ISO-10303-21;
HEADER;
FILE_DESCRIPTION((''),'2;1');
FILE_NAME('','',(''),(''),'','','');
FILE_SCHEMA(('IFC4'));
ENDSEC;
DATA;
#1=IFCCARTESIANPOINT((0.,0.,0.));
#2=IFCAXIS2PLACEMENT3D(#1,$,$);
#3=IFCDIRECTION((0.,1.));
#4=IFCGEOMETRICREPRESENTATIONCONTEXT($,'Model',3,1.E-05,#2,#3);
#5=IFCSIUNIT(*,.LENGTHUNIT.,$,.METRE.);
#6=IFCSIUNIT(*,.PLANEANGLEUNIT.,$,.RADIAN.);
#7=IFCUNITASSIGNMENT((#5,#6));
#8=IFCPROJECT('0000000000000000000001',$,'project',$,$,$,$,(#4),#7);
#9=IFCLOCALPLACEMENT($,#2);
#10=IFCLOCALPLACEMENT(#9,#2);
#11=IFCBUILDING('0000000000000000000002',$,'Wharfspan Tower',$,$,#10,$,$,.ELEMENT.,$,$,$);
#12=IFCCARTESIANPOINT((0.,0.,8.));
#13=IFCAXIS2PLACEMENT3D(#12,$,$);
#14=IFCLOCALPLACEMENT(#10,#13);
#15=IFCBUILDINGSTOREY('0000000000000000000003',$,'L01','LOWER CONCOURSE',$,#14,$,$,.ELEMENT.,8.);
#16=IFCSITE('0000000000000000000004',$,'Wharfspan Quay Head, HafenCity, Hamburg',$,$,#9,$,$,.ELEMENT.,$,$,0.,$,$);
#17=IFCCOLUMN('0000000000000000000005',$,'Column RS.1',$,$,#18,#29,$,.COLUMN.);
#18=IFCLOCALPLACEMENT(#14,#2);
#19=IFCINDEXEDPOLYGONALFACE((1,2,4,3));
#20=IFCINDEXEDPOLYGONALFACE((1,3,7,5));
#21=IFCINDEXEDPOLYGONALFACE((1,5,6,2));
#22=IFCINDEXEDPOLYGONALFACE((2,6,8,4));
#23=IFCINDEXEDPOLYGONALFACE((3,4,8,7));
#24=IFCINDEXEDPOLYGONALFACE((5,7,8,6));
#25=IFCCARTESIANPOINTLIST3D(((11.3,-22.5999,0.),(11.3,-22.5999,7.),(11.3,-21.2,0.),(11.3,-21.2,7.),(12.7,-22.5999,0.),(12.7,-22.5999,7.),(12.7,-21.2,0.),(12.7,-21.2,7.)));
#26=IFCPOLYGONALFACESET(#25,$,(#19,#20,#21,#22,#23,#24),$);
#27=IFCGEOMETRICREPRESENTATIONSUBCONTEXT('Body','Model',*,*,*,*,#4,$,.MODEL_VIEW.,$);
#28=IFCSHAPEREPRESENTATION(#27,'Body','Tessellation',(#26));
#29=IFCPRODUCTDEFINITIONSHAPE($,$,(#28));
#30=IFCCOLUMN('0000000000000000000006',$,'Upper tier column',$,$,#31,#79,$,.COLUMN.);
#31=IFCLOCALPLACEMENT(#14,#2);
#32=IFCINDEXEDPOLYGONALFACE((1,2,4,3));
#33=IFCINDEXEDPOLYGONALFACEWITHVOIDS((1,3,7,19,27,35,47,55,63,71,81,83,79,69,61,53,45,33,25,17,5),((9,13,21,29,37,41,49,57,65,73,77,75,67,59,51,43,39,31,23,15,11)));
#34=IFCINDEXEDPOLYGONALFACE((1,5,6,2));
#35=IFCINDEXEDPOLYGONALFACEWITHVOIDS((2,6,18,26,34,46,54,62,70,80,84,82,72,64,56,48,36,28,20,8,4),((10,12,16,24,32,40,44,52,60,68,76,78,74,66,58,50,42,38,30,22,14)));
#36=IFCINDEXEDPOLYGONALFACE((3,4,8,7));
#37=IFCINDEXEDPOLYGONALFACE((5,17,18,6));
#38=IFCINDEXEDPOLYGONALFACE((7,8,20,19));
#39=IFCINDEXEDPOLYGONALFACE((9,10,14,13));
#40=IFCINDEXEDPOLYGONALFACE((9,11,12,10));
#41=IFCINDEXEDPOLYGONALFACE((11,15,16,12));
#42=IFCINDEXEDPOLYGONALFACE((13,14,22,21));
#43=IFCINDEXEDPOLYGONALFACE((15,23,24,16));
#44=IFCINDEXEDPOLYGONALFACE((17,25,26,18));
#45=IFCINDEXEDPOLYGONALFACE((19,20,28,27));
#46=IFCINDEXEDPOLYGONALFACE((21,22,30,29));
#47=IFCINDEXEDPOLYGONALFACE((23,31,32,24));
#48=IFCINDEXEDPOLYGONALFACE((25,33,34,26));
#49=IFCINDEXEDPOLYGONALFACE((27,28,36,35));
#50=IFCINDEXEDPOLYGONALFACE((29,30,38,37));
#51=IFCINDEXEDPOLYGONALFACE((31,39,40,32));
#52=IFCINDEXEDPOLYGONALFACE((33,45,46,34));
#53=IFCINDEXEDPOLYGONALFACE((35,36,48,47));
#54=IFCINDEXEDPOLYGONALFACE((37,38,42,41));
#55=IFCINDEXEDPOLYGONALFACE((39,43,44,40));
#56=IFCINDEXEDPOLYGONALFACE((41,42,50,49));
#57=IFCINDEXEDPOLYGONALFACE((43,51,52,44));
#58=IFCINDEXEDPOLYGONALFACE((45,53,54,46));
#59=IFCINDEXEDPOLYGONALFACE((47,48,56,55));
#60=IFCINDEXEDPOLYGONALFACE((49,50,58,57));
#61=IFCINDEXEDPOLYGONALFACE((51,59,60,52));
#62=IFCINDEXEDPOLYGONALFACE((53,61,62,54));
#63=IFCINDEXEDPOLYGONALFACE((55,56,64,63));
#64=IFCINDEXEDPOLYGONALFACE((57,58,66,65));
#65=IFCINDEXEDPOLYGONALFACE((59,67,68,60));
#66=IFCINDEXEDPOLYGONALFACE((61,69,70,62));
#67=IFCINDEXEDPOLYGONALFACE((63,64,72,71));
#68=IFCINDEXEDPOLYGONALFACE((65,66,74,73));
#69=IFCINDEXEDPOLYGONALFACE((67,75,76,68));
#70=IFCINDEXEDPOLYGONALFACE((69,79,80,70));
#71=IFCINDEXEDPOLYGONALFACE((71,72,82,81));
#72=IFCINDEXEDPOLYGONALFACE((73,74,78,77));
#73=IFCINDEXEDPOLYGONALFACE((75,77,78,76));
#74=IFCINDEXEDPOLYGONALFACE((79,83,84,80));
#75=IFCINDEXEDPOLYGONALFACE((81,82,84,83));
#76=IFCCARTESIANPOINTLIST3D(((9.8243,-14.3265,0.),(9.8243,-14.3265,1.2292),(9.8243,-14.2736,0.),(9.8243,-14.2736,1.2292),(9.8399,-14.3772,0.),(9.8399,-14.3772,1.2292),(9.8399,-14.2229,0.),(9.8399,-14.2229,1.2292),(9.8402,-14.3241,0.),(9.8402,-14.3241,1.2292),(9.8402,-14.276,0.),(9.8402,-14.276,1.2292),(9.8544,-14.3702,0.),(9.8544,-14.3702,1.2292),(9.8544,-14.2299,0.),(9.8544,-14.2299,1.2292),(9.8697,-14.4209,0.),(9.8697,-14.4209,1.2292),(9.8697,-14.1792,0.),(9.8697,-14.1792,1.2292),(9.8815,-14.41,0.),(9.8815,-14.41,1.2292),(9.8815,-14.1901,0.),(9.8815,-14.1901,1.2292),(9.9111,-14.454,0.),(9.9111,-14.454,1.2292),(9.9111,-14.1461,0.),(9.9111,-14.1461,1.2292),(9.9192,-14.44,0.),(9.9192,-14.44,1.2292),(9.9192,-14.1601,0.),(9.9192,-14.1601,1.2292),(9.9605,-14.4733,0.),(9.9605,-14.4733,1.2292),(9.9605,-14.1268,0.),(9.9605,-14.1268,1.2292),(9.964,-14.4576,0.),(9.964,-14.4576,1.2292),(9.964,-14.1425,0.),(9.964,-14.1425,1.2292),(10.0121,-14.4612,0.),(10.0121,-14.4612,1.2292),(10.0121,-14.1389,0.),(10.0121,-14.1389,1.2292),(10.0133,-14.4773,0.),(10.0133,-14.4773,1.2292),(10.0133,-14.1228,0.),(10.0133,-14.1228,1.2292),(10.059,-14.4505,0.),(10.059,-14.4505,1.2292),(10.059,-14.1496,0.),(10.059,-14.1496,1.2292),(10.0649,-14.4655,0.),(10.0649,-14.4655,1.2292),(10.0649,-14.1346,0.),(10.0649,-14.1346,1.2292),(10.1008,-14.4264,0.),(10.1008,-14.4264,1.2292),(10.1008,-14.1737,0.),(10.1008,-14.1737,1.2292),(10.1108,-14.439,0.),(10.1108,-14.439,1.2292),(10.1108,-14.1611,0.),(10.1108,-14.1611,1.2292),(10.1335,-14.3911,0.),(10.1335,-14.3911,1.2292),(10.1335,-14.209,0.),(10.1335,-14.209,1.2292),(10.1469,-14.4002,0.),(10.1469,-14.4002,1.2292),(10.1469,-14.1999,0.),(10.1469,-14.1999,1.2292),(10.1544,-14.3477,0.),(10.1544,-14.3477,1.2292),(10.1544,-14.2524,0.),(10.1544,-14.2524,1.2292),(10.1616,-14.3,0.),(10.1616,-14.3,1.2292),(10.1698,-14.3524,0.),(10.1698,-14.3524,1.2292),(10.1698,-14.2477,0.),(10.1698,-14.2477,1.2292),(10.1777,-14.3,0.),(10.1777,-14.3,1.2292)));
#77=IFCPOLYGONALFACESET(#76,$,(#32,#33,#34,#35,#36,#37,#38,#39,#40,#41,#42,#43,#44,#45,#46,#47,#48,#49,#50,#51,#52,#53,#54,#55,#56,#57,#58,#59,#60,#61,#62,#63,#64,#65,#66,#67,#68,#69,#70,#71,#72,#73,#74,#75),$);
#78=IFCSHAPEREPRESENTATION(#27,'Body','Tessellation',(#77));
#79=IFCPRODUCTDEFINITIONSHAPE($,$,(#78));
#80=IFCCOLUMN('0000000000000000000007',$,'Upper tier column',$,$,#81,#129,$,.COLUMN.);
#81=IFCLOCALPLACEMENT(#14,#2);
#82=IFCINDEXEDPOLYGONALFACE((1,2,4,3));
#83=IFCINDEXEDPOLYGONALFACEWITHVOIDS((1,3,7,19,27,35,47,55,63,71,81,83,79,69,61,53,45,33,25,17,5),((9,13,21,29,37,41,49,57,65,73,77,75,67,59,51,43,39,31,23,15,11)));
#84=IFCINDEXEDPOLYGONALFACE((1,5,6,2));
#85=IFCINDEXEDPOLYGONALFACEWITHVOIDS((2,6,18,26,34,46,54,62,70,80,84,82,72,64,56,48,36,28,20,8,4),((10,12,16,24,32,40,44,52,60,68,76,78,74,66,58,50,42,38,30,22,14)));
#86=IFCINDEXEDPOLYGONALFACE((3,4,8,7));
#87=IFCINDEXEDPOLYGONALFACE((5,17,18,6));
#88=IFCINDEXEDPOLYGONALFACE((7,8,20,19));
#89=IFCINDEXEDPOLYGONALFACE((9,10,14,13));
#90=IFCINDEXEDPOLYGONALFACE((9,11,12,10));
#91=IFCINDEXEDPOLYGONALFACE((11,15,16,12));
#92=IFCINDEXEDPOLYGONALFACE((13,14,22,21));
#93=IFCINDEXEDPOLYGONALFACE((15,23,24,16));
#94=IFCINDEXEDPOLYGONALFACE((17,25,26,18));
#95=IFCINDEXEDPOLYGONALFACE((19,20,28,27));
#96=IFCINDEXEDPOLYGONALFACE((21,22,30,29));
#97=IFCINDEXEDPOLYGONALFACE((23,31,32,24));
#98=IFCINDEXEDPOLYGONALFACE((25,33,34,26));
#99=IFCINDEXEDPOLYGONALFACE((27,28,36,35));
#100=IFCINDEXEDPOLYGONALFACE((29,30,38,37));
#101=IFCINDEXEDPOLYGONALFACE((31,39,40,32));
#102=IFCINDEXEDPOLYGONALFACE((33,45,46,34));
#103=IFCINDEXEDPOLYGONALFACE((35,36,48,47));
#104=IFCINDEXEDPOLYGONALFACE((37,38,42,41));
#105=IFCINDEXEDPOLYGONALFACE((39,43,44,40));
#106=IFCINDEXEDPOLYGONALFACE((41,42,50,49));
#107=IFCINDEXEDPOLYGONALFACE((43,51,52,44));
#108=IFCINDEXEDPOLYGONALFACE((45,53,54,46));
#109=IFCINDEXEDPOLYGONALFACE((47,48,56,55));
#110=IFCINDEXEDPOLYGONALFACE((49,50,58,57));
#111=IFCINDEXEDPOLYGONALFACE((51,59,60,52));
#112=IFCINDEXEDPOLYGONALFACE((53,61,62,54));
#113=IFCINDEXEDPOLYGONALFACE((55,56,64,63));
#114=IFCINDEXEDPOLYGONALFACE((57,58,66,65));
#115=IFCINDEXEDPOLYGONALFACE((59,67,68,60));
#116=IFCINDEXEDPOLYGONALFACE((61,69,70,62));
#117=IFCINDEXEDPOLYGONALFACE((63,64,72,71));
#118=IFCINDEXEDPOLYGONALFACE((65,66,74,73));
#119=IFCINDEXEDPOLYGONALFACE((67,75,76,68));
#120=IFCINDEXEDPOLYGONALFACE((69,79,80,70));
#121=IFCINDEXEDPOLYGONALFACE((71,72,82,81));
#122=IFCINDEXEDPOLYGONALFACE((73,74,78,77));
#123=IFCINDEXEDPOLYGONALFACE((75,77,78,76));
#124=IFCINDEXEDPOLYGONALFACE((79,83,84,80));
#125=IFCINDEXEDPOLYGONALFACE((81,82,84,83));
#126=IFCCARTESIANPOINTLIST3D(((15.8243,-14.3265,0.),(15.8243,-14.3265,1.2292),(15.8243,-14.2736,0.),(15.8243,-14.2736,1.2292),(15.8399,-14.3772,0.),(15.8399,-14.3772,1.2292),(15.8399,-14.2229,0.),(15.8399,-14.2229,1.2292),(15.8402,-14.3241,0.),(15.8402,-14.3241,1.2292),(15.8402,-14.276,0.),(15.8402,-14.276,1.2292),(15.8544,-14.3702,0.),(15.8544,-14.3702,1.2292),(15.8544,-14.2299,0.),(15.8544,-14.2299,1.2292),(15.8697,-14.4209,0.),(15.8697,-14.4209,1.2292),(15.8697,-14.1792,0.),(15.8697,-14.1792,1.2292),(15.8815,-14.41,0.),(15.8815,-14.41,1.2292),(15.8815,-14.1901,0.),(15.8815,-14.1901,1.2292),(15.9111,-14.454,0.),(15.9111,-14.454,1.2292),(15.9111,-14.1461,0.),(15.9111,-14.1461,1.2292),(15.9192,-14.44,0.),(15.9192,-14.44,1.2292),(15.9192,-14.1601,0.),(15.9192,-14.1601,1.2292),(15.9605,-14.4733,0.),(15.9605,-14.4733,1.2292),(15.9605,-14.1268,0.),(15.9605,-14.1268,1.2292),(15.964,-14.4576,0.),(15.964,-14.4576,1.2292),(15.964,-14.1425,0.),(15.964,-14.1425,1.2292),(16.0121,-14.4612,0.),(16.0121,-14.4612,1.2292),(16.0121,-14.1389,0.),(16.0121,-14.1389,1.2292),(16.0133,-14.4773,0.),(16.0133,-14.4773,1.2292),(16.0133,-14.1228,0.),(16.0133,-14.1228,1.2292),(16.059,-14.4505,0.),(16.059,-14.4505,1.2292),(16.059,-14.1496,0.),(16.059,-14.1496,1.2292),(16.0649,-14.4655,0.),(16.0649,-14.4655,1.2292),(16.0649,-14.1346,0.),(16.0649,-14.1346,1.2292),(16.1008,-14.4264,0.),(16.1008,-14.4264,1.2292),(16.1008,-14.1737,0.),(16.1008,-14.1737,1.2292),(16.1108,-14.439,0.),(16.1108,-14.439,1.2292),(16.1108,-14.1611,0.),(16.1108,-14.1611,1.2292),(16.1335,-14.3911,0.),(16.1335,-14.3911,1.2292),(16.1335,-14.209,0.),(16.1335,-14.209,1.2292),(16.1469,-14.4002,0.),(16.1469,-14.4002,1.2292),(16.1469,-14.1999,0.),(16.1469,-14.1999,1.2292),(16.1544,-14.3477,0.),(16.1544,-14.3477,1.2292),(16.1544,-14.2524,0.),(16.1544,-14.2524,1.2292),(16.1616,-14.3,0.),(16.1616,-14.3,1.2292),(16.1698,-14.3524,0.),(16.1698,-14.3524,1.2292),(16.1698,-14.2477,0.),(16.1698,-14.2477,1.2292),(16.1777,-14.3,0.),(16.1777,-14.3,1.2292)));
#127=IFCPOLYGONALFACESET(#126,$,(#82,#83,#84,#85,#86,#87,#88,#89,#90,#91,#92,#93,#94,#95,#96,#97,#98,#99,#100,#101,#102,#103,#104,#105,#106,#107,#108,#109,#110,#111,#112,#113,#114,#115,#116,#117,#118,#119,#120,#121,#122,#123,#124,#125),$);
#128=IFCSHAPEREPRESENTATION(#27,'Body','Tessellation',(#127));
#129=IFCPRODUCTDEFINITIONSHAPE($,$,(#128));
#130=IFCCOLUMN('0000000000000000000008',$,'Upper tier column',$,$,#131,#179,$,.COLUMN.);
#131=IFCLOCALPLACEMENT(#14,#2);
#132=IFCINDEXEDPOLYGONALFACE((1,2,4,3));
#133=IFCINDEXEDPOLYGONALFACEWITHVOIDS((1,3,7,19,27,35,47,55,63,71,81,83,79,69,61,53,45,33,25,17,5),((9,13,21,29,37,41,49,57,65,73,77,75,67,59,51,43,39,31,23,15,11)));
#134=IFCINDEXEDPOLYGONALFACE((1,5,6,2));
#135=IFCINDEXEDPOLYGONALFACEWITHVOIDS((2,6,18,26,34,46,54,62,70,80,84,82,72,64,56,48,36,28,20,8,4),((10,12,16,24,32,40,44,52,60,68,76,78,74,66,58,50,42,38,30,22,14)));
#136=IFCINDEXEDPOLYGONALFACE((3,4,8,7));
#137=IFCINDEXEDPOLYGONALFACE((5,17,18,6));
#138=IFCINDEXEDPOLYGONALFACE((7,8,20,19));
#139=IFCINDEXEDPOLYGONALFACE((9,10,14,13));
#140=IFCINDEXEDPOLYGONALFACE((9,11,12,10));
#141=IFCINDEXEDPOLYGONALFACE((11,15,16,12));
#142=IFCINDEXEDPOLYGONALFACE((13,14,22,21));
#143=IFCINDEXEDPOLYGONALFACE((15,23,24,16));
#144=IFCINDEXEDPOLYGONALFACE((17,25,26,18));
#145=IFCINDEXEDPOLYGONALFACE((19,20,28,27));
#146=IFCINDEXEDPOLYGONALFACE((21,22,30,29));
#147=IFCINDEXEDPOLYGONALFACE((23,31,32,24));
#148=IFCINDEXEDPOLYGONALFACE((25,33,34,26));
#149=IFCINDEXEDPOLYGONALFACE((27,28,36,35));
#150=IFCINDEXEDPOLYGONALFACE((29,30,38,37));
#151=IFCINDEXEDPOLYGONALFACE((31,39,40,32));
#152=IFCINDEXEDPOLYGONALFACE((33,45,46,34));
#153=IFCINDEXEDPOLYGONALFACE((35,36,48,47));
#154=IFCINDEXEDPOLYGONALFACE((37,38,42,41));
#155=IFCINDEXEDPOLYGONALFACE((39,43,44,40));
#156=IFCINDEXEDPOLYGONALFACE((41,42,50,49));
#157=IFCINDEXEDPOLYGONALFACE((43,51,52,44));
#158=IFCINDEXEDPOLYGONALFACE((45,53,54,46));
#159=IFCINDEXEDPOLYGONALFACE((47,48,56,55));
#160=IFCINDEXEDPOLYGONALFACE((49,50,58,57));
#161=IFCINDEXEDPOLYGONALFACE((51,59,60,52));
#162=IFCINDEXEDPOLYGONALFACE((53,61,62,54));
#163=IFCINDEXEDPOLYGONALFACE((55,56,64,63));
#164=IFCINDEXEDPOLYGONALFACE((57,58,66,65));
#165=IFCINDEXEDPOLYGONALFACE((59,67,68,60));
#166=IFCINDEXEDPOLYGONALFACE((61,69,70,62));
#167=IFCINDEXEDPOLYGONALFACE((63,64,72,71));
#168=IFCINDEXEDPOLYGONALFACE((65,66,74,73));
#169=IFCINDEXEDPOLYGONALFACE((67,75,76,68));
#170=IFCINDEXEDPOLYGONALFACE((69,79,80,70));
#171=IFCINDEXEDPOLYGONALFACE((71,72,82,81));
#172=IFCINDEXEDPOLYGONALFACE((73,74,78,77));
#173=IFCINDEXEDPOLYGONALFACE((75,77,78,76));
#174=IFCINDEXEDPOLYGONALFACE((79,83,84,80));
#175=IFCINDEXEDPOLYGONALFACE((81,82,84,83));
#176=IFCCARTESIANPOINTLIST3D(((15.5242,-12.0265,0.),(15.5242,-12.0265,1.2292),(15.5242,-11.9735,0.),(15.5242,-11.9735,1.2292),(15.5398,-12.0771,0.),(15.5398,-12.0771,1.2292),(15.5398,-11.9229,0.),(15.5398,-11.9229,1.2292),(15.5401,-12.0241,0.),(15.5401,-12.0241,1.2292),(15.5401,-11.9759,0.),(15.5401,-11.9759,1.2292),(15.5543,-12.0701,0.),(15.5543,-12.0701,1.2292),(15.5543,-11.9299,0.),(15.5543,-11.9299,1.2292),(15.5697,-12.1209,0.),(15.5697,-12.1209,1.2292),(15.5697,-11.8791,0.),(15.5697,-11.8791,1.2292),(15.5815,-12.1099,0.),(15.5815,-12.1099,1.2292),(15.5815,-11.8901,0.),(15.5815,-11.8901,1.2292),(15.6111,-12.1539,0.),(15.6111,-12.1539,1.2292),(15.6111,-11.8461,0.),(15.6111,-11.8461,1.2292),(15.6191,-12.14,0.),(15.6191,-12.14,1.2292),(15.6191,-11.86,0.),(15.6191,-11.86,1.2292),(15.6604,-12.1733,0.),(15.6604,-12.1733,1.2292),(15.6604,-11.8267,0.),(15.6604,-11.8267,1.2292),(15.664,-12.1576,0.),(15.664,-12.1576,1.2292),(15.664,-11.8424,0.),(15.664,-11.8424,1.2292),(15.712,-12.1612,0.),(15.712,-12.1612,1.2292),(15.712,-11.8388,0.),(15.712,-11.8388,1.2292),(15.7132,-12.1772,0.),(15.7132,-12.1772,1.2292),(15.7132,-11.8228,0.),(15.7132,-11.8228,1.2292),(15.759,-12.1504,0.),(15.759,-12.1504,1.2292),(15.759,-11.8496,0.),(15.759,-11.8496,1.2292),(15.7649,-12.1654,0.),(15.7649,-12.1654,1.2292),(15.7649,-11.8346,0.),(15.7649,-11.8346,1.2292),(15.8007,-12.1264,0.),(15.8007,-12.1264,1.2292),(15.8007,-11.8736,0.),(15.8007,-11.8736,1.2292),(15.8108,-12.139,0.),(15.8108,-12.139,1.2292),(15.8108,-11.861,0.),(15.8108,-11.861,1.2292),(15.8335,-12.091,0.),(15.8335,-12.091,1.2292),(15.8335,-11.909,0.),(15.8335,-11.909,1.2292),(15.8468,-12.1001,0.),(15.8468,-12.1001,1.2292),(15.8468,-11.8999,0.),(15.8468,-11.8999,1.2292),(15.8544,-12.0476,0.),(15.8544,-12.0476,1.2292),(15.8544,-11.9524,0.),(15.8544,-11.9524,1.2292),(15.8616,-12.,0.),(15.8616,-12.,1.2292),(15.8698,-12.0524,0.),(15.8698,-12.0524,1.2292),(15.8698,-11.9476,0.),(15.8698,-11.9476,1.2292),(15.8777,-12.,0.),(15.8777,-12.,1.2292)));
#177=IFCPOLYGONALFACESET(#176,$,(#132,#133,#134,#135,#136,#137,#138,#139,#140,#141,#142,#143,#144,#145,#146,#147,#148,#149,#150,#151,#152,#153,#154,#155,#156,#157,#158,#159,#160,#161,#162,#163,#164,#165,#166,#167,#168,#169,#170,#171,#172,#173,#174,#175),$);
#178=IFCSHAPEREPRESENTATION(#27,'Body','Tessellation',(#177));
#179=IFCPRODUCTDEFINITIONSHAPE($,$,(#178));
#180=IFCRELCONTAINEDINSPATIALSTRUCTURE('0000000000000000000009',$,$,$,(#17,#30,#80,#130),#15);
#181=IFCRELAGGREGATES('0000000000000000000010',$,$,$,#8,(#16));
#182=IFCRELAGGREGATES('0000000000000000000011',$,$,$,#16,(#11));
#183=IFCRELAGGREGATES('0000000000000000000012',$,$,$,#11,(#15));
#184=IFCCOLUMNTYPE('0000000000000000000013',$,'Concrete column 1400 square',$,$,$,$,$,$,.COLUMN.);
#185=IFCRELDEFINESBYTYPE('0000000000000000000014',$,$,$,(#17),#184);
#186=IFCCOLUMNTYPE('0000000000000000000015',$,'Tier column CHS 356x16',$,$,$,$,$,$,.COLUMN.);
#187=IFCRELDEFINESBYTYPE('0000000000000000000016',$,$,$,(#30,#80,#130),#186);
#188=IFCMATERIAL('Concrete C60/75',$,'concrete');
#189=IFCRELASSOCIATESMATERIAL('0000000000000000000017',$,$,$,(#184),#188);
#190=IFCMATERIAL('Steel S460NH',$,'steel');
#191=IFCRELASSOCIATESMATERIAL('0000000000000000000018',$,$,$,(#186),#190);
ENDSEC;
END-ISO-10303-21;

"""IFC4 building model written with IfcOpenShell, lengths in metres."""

from ifc_helpers import new_model, si_unit, direction, frame, origin, origin_2d, place, context, subcontext, project, spatial, rectangle, hollow_circle, extrude, material, material_profile, profile_set, type_object, element, save


model = new_model("IFC4")

# Units and contexts
model_context = context("Model", 3, precision=1e-05, world=origin(), true_north=direction((0.0, 1.0)))
body_context = subcontext(model_context, "Body", "Model", "MODEL_VIEW")
ifc_project = project(units=[si_unit("LENGTHUNIT", "METRE"), si_unit("PLANEANGLEUNIT", "RADIAN")], contexts=[model_context])

# Site, building, storey
site_placement = place(None, origin())
site = spatial("IfcSite", under=ifc_project, at=site_placement, Name="Wharfspan Quay Head, HafenCity, Hamburg", CompositionType="ELEMENT", RefElevation=0.0)
building_placement = place(site_placement, origin())
building = spatial("IfcBuilding", under=site, at=building_placement, Name="Wharfspan Tower", CompositionType="ELEMENT")
storey_placement = place(building_placement, frame((0.0, 0.0, 8.0)))
storey = spatial("IfcBuildingStorey", under=building, at=storey_placement, Name="L01", Description="LOWER CONCOURSE", CompositionType="ELEMENT", Elevation=8.0)

# Columns
ifc_material_1 = material(Name="Concrete C60/75", Category="concrete")
ifc_material_profile_1 = material_profile(ifc_material_1, rectangle(XDim=1.3999, YDim=1.3999, at=origin_2d()))
ifc_profile_set_1 = profile_set([ifc_material_profile_1], Name="Concrete C60/75")
column_type_1 = type_object("IfcColumnType", Name="Concrete column 1400 square", PredefinedType="COLUMN", material=ifc_profile_set_1)
column_placement = place(storey_placement, frame((12.0, -21.8999, 0.0), z_axis=(0.0, 0.0, 1.0), x_axis=(1.0, 0.0, 0.0)))
element("IfcColumn", 1, at=column_placement, inside=storey, type_object=column_type_1, Name="Column RS.1", PredefinedType="COLUMN", context=body_context, shape_type="SweptSolid", body=[
    extrude(rectangle(XDim=1.3999, YDim=1.3999, at=origin_2d()), origin(), (0.0, 0.0, 1.0), 7.0),
])
ifc_material_2 = material(Name="Steel S460NH", Category="steel")
ifc_material_profile_2 = material_profile(ifc_material_2, hollow_circle(Radius=0.1777, WallThickness=0.0161, at=origin_2d()))
ifc_profile_set_2 = profile_set([ifc_material_profile_2], Name="Steel S460NH")
column_type_2 = type_object("IfcColumnType", Name="Tier column CHS 356x16", PredefinedType="COLUMN", material=ifc_profile_set_2)
for number, where, z_axis, x_axis, name in (
    (2, (10.0, -14.3, 0.0), (0.0, 0.0, 1.0), (1.0, 0.0, 0.0), "Upper tier column"),
    (3, (16.0, -14.3, 0.0), (0.0, 0.0, 1.0), (1.0, 0.0, 0.0), "Upper tier column"),
    (4, (15.7, -12.0, 0.0), (0.0, 0.0, 1.0), (1.0, 0.0, 0.0), "Upper tier column"),
):
    element("IfcColumn", number, at=place(storey_placement, frame(where, z_axis=z_axis, x_axis=x_axis)), inside=storey, type_object=column_type_2, Name=name, PredefinedType="COLUMN", context=body_context, shape_type="SweptSolid", body=[
        extrude(hollow_circle(Radius=0.1777, WallThickness=0.0161, at=origin_2d()), origin(), (0.0, 0.0, 1.0), 1.2292),
    ])

save(model, "model.ifc")
